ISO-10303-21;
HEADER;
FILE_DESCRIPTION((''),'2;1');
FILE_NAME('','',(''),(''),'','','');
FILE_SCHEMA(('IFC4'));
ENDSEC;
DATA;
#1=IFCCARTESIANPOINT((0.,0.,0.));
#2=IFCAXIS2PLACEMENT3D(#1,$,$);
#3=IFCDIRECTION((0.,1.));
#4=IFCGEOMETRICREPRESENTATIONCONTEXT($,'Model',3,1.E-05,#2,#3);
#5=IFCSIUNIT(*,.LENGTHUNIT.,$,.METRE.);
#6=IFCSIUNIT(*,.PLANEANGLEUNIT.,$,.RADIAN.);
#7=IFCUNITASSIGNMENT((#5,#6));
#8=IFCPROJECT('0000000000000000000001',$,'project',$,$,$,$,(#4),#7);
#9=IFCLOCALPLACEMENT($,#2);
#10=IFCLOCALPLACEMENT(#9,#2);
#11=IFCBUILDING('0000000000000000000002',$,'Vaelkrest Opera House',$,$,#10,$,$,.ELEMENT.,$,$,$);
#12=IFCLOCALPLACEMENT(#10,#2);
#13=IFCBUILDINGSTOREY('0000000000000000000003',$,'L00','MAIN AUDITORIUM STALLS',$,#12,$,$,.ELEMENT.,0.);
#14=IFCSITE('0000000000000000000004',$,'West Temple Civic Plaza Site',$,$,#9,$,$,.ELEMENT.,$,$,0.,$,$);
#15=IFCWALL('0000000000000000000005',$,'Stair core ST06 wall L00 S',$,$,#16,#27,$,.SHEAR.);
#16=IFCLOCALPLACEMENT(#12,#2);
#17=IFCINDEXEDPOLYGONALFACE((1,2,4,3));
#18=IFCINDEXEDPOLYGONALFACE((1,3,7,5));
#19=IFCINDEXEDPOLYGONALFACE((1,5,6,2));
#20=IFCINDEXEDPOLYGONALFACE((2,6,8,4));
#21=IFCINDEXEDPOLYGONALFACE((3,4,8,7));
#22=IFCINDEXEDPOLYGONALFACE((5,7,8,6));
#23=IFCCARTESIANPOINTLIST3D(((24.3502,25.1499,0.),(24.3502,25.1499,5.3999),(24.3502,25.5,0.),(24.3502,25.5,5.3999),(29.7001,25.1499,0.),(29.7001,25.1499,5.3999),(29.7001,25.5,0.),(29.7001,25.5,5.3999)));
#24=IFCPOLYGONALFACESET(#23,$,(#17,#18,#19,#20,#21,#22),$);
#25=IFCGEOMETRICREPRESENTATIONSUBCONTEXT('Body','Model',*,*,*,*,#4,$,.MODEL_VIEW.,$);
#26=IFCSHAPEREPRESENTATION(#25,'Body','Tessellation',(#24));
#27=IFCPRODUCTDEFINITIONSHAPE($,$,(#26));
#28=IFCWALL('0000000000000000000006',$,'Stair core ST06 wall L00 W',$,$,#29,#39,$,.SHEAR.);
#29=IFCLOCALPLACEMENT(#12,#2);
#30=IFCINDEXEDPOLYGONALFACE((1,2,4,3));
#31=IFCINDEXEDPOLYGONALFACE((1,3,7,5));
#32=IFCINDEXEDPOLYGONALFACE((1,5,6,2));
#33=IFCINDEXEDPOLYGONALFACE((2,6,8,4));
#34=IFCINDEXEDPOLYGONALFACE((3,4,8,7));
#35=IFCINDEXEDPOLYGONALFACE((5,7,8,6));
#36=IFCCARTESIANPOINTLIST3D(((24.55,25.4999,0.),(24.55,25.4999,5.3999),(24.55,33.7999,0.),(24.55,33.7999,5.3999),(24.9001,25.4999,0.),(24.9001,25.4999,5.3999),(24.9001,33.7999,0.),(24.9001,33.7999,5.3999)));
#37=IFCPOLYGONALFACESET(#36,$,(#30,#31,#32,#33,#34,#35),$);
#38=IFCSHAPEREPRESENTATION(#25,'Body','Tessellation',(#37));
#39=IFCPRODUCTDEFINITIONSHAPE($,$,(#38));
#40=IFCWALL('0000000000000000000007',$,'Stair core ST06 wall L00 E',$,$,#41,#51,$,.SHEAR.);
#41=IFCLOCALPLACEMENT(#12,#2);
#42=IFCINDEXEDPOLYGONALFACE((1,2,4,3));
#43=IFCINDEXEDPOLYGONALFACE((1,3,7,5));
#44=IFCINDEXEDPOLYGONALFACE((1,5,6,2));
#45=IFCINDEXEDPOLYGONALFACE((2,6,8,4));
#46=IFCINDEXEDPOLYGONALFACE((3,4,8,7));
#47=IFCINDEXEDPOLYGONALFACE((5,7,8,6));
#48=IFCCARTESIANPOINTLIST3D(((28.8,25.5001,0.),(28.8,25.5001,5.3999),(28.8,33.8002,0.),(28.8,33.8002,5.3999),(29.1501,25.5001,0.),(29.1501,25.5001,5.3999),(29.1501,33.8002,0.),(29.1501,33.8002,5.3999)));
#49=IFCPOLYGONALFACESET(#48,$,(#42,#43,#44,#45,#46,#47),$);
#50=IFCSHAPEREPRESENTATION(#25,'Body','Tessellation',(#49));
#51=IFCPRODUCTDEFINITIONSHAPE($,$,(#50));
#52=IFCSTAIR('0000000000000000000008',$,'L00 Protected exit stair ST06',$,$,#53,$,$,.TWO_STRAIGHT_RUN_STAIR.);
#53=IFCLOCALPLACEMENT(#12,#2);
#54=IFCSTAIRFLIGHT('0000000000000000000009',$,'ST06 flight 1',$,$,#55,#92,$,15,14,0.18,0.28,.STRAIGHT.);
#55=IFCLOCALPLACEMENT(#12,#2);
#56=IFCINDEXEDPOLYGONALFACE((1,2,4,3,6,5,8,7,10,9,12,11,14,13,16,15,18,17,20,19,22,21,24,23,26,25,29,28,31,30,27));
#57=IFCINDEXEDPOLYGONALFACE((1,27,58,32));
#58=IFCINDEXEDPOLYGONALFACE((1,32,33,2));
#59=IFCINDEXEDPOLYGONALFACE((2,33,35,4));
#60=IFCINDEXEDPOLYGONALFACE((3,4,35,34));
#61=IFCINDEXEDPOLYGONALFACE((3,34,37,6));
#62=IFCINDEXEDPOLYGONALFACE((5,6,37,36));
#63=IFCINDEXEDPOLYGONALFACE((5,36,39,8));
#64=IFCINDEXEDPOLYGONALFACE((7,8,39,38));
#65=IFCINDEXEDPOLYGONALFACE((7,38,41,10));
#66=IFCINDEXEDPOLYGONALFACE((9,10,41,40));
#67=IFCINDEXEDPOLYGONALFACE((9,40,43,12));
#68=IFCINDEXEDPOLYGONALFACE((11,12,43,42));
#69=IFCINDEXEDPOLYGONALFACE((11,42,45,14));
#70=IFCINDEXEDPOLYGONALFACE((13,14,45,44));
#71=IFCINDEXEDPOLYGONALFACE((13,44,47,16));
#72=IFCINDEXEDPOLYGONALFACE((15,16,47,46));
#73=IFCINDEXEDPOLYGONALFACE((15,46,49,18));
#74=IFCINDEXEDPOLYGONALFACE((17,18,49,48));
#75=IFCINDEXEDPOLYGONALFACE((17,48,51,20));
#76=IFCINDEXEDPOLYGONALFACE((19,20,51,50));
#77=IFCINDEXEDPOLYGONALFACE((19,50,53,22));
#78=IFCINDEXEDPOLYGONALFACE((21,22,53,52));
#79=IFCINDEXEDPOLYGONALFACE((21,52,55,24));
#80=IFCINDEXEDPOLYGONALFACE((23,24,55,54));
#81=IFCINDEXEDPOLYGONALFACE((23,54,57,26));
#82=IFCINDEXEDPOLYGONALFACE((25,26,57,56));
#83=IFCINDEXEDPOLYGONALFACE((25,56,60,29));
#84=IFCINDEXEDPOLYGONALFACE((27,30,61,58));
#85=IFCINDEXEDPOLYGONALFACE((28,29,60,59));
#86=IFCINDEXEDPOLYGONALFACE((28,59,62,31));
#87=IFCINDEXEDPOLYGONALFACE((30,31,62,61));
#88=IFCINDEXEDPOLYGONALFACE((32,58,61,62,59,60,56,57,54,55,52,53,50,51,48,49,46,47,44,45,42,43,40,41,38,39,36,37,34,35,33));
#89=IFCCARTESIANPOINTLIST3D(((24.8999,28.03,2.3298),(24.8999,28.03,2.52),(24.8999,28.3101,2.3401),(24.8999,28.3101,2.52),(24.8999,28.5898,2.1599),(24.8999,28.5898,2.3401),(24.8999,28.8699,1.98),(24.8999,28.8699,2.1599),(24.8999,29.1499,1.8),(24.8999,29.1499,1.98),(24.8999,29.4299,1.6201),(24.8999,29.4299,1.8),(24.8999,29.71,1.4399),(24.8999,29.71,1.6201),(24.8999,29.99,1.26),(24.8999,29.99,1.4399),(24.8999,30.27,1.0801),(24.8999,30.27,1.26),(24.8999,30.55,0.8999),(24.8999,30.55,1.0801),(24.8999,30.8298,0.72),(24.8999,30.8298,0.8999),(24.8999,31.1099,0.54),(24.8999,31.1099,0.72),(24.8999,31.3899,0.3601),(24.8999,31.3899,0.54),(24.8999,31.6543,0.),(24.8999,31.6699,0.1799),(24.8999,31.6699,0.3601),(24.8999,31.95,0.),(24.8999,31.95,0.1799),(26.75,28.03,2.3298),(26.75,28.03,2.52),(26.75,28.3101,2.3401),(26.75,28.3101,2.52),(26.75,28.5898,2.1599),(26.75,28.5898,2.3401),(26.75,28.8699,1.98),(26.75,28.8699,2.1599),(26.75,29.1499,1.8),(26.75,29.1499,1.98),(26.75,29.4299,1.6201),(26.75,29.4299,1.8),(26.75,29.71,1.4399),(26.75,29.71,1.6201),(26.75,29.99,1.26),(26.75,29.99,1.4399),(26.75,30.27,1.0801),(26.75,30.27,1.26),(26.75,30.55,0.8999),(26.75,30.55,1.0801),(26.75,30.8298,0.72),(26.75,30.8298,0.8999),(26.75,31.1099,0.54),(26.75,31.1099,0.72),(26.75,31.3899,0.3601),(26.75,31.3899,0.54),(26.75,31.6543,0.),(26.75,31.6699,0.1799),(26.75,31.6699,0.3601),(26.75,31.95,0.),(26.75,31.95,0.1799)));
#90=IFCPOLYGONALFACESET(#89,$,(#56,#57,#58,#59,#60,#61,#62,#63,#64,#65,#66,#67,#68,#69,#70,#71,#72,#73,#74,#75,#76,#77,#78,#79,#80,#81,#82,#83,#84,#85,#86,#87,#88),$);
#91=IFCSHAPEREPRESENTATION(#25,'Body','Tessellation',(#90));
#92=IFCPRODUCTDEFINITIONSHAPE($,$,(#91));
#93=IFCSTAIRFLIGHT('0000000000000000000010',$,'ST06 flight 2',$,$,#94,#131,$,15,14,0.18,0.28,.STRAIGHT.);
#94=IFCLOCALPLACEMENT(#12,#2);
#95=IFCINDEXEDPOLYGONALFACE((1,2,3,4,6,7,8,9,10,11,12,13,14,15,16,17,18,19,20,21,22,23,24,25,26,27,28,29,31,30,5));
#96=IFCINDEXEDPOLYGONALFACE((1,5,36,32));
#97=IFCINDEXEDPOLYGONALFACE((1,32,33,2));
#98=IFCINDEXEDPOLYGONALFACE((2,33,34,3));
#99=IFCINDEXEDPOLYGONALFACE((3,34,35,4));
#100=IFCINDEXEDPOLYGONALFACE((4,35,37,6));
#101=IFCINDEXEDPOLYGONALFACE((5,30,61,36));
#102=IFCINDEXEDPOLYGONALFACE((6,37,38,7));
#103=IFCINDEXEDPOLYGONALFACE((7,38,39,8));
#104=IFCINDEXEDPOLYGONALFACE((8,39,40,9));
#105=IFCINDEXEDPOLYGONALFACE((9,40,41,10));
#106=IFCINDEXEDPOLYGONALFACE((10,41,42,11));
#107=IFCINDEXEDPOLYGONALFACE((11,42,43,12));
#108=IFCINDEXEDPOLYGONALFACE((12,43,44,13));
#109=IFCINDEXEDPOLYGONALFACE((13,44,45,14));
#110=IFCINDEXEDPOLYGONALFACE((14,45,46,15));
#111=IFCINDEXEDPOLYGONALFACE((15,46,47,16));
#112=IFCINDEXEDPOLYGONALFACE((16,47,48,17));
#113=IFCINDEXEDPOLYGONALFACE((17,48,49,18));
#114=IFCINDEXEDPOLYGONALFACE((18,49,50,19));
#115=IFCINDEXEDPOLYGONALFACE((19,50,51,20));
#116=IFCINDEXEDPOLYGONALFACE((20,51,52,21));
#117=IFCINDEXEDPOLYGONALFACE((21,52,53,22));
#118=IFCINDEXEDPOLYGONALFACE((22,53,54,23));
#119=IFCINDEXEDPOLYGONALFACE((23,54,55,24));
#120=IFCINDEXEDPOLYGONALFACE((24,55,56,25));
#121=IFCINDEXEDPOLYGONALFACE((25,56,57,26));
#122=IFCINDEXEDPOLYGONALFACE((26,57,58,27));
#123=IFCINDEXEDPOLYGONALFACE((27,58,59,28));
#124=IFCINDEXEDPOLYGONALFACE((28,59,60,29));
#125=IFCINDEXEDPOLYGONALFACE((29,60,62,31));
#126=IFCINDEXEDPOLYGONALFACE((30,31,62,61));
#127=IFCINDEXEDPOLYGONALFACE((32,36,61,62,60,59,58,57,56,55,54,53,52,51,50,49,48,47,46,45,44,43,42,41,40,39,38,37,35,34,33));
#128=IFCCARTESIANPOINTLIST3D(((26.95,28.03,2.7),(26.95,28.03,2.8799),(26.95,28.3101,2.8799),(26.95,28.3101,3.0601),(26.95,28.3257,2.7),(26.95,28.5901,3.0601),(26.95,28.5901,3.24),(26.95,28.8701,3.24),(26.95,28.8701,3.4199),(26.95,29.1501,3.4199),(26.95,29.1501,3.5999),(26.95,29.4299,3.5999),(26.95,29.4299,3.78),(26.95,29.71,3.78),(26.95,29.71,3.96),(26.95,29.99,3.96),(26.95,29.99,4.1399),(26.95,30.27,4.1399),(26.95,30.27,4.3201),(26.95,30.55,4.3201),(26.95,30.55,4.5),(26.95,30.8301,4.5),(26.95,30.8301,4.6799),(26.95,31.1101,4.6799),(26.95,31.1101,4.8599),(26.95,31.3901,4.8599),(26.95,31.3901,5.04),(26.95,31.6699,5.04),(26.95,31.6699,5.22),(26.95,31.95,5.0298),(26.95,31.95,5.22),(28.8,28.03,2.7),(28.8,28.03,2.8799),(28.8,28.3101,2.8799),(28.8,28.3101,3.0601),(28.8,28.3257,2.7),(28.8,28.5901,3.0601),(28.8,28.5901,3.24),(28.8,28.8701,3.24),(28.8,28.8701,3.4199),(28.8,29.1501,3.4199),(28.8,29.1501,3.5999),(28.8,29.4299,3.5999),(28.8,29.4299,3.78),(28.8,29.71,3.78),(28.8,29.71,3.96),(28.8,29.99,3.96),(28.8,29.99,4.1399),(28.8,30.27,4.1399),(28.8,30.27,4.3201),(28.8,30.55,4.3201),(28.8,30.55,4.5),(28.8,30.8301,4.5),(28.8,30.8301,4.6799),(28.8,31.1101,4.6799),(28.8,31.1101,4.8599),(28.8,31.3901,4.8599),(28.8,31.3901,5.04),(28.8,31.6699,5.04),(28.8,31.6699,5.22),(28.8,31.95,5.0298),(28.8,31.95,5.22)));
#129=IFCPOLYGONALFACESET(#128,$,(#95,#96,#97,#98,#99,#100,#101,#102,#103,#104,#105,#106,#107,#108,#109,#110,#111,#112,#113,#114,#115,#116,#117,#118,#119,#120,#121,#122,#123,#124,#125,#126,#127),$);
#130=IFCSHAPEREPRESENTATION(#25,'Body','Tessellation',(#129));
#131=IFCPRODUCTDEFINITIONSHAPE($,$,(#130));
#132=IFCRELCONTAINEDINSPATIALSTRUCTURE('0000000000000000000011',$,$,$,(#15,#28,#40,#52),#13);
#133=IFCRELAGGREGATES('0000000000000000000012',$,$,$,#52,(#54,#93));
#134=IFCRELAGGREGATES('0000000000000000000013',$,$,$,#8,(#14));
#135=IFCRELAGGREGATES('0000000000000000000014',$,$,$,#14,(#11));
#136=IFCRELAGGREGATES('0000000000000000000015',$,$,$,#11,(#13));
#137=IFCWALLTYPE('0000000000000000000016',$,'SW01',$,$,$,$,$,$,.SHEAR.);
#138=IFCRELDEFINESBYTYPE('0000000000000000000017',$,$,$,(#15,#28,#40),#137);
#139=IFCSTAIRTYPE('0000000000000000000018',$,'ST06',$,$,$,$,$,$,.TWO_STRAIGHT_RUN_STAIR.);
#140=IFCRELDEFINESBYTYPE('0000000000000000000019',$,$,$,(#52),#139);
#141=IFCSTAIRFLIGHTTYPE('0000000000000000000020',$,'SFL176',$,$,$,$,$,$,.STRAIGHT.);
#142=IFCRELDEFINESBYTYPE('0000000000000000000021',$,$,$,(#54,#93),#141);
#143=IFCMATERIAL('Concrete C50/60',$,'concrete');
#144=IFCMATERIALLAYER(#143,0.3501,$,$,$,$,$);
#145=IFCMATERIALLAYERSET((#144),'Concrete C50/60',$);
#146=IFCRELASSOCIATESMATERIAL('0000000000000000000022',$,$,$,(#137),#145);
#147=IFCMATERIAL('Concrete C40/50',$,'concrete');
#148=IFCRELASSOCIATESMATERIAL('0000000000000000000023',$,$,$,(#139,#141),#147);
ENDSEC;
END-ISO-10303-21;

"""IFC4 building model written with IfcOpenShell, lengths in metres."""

from ifc_helpers import new_model, si_unit, direction, frame, frame_2d, origin, place, context, subcontext, project, spatial, polyline, rectangle, outline, extrude, material, layer, layer_set, type_object, element, aggregate, save


model = new_model("IFC4")

# Units and contexts
model_context = context("Model", 3, precision=1e-05, world=origin(), true_north=direction((0.0, 1.0)))
body_context = subcontext(model_context, "Body", "Model", "MODEL_VIEW")
ifc_project = project(units=[si_unit("LENGTHUNIT", "METRE"), si_unit("PLANEANGLEUNIT", "RADIAN")], contexts=[model_context])

# Site, building, storey
site_placement = place(None, origin())
site = spatial("IfcSite", under=ifc_project, at=site_placement, Name="West Temple Civic Plaza Site", CompositionType="ELEMENT", RefElevation=0.0)
building_placement = place(site_placement, origin())
building = spatial("IfcBuilding", under=site, at=building_placement, Name="Vaelkrest Opera House", CompositionType="ELEMENT")
storey_placement = place(building_placement, origin())
storey = spatial("IfcBuildingStorey", under=building, at=storey_placement, Name="L00", Description="MAIN AUDITORIUM STALLS", CompositionType="ELEMENT", Elevation=0.0)

# Shared definitions
ifc_material_1 = material(Name="Concrete C50/60", Category="concrete")

# Walls
ifc_layer_1 = layer(ifc_material_1, 0.3501)
ifc_layer_set_1 = layer_set([ifc_layer_1], Name="Concrete C50/60")
wall_type_1 = type_object("IfcWallType", Name="SW01", PredefinedType="SHEAR", material=ifc_layer_set_1)
wall_1_placement = place(storey_placement, frame((29.7, 25.325, 0.0), z_axis=(0.0, 0.0, 1.0), x_axis=(-1.0, 0.0, 0.0)))
element("IfcWall", 1, at=wall_1_placement, inside=storey, type_object=wall_type_1, Name="Stair core ST06 wall L00 S", PredefinedType="SHEAR", context=body_context, shape_type="SweptSolid", body=[
    extrude(rectangle(XDim=5.3499, YDim=0.3501, at=frame_2d((2.6748, 0.0))), origin(), (0.0, 0.0, 1.0), 5.3999),
])
wall_2_placement = place(storey_placement, frame((24.7251, 25.5, 0.0), z_axis=(0.0, 0.0, 1.0), x_axis=(0.0, 1.0, 0.0)))
element("IfcWall", 2, at=wall_2_placement, inside=storey, type_object=wall_type_1, Name="Stair core ST06 wall L00 W", PredefinedType="SHEAR", context=body_context, shape_type="SweptSolid", body=[
    extrude(rectangle(XDim=8.3, YDim=0.3501, at=frame_2d((4.1499, 0.0))), origin(), (0.0, 0.0, 1.0), 5.3999),
])

# Wall
wall_3_placement = place(storey_placement, frame((28.9751, 33.8, 0.0), z_axis=(0.0, 0.0, 1.0), x_axis=(0.0, -1.0, 0.0)))
element("IfcWall", 3, at=wall_3_placement, inside=storey, type_object=wall_type_1, Name="Stair core ST06 wall L00 E", PredefinedType="SHEAR", context=body_context, shape_type="SweptSolid", body=[
    extrude(rectangle(XDim=8.3, YDim=0.3501, at=frame_2d((4.1499, 0.0))), origin(), (0.0, 0.0, 1.0), 5.3999),
])

# Stair, stair flights
ifc_material_2 = material(Name="Concrete C40/50", Category="concrete")
stair_type = type_object("IfcStairType", Name="ST06", PredefinedType="TWO_STRAIGHT_RUN_STAIR", material=ifc_material_2)
stair_placement = place(storey_placement, origin())
stair = element("IfcStair", 4, at=stair_placement, inside=storey, type_object=stair_type, Name="L00 Protected exit stair ST06", PredefinedType="TWO_STRAIGHT_RUN_STAIR")
stair_flight_type = type_object("IfcStairFlightType", Name="SFL176", PredefinedType="STRAIGHT", material=ifc_material_2)
stair_flight_1_placement = place(storey_placement, frame((25.825, 31.95, 0.0), z_axis=(0.0, 0.0, 1.0), x_axis=(0.0, -1.0, 0.0)))
stair_flight_1 = element("IfcStairFlight", 5, at=stair_flight_1_placement, type_object=stair_flight_type, Name="ST06 flight 1", NumberOfRisers=15, NumberOfTreads=14, PredefinedType="STRAIGHT", RiserHeight=0.18, TreadLength=0.28, context=body_context, shape_type="SweptSolid", body=[
    extrude(outline(polyline([(0.0, 0.0), (0.0, 0.1799), (0.28, 0.1799), (0.28, 0.3601), (0.5601, 0.3601), (0.5601, 0.54), (0.8401, 0.54), (0.8401, 0.72), (1.1201, 0.72), (1.1201, 0.8999), (1.3999, 0.8999), (1.3999, 1.0801), (1.6799, 1.0801), (1.6799, 1.26), (1.96, 1.26), (1.96, 1.4399), (2.24, 1.4399), (2.24, 1.6201), (2.52, 1.6201), (2.52, 1.8), (2.8, 1.8), (2.8, 1.98), (3.0801, 1.98), (3.0801, 2.1599), (3.3601, 2.1599), (3.3601, 2.3401), (3.6399, 2.3401), (3.6399, 2.52), (3.9199, 2.52), (3.9199, 2.7), (3.9199, 2.3298), (0.2957, 0.0), (0.0, 0.0)])), frame((0.0, 0.925, 0.0), z_axis=(0.0, -1.0, 0.0), x_axis=(1.0, 0.0, 0.0)), (0.0, 0.0, 1.0), 1.8501),
])
stair_flight_2_placement = place(storey_placement, frame((27.875, 28.03, 2.7), z_axis=(0.0, 0.0, 1.0), x_axis=(0.0, 1.0, 0.0)))
stair_flight_2 = element("IfcStairFlight", 6, at=stair_flight_2_placement, type_object=stair_flight_type, Name="ST06 flight 2", NumberOfRisers=15, NumberOfTreads=14, PredefinedType="STRAIGHT", RiserHeight=0.18, TreadLength=0.28, context=body_context, shape_type="SweptSolid", body=[
    extrude(outline(polyline([(0.0, 0.0), (0.0, 0.1799), (0.28, 0.1799), (0.28, 0.3601), (0.5601, 0.3601), (0.5601, 0.54), (0.8401, 0.54), (0.8401, 0.72), (1.1201, 0.72), (1.1201, 0.8999), (1.3999, 0.8999), (1.3999, 1.0801), (1.6799, 1.0801), (1.6799, 1.26), (1.96, 1.26), (1.96, 1.4399), (2.24, 1.4399), (2.24, 1.6201), (2.52, 1.6201), (2.52, 1.8), (2.8, 1.8), (2.8, 1.98), (3.0801, 1.98), (3.0801, 2.1599), (3.3601, 2.1599), (3.3601, 2.3401), (3.6399, 2.3401), (3.6399, 2.52), (3.9199, 2.52), (3.9199, 2.7), (3.9199, 2.3298), (0.2957, 0.0), (0.0, 0.0)])), frame((0.0, 0.925, 0.0), z_axis=(0.0, -1.0, 0.0), x_axis=(1.0, 0.0, 0.0)), (0.0, 0.0, 1.0), 1.8501),
])
aggregate(stair, [stair_flight_1, stair_flight_2])

save(model, "model.ifc")
